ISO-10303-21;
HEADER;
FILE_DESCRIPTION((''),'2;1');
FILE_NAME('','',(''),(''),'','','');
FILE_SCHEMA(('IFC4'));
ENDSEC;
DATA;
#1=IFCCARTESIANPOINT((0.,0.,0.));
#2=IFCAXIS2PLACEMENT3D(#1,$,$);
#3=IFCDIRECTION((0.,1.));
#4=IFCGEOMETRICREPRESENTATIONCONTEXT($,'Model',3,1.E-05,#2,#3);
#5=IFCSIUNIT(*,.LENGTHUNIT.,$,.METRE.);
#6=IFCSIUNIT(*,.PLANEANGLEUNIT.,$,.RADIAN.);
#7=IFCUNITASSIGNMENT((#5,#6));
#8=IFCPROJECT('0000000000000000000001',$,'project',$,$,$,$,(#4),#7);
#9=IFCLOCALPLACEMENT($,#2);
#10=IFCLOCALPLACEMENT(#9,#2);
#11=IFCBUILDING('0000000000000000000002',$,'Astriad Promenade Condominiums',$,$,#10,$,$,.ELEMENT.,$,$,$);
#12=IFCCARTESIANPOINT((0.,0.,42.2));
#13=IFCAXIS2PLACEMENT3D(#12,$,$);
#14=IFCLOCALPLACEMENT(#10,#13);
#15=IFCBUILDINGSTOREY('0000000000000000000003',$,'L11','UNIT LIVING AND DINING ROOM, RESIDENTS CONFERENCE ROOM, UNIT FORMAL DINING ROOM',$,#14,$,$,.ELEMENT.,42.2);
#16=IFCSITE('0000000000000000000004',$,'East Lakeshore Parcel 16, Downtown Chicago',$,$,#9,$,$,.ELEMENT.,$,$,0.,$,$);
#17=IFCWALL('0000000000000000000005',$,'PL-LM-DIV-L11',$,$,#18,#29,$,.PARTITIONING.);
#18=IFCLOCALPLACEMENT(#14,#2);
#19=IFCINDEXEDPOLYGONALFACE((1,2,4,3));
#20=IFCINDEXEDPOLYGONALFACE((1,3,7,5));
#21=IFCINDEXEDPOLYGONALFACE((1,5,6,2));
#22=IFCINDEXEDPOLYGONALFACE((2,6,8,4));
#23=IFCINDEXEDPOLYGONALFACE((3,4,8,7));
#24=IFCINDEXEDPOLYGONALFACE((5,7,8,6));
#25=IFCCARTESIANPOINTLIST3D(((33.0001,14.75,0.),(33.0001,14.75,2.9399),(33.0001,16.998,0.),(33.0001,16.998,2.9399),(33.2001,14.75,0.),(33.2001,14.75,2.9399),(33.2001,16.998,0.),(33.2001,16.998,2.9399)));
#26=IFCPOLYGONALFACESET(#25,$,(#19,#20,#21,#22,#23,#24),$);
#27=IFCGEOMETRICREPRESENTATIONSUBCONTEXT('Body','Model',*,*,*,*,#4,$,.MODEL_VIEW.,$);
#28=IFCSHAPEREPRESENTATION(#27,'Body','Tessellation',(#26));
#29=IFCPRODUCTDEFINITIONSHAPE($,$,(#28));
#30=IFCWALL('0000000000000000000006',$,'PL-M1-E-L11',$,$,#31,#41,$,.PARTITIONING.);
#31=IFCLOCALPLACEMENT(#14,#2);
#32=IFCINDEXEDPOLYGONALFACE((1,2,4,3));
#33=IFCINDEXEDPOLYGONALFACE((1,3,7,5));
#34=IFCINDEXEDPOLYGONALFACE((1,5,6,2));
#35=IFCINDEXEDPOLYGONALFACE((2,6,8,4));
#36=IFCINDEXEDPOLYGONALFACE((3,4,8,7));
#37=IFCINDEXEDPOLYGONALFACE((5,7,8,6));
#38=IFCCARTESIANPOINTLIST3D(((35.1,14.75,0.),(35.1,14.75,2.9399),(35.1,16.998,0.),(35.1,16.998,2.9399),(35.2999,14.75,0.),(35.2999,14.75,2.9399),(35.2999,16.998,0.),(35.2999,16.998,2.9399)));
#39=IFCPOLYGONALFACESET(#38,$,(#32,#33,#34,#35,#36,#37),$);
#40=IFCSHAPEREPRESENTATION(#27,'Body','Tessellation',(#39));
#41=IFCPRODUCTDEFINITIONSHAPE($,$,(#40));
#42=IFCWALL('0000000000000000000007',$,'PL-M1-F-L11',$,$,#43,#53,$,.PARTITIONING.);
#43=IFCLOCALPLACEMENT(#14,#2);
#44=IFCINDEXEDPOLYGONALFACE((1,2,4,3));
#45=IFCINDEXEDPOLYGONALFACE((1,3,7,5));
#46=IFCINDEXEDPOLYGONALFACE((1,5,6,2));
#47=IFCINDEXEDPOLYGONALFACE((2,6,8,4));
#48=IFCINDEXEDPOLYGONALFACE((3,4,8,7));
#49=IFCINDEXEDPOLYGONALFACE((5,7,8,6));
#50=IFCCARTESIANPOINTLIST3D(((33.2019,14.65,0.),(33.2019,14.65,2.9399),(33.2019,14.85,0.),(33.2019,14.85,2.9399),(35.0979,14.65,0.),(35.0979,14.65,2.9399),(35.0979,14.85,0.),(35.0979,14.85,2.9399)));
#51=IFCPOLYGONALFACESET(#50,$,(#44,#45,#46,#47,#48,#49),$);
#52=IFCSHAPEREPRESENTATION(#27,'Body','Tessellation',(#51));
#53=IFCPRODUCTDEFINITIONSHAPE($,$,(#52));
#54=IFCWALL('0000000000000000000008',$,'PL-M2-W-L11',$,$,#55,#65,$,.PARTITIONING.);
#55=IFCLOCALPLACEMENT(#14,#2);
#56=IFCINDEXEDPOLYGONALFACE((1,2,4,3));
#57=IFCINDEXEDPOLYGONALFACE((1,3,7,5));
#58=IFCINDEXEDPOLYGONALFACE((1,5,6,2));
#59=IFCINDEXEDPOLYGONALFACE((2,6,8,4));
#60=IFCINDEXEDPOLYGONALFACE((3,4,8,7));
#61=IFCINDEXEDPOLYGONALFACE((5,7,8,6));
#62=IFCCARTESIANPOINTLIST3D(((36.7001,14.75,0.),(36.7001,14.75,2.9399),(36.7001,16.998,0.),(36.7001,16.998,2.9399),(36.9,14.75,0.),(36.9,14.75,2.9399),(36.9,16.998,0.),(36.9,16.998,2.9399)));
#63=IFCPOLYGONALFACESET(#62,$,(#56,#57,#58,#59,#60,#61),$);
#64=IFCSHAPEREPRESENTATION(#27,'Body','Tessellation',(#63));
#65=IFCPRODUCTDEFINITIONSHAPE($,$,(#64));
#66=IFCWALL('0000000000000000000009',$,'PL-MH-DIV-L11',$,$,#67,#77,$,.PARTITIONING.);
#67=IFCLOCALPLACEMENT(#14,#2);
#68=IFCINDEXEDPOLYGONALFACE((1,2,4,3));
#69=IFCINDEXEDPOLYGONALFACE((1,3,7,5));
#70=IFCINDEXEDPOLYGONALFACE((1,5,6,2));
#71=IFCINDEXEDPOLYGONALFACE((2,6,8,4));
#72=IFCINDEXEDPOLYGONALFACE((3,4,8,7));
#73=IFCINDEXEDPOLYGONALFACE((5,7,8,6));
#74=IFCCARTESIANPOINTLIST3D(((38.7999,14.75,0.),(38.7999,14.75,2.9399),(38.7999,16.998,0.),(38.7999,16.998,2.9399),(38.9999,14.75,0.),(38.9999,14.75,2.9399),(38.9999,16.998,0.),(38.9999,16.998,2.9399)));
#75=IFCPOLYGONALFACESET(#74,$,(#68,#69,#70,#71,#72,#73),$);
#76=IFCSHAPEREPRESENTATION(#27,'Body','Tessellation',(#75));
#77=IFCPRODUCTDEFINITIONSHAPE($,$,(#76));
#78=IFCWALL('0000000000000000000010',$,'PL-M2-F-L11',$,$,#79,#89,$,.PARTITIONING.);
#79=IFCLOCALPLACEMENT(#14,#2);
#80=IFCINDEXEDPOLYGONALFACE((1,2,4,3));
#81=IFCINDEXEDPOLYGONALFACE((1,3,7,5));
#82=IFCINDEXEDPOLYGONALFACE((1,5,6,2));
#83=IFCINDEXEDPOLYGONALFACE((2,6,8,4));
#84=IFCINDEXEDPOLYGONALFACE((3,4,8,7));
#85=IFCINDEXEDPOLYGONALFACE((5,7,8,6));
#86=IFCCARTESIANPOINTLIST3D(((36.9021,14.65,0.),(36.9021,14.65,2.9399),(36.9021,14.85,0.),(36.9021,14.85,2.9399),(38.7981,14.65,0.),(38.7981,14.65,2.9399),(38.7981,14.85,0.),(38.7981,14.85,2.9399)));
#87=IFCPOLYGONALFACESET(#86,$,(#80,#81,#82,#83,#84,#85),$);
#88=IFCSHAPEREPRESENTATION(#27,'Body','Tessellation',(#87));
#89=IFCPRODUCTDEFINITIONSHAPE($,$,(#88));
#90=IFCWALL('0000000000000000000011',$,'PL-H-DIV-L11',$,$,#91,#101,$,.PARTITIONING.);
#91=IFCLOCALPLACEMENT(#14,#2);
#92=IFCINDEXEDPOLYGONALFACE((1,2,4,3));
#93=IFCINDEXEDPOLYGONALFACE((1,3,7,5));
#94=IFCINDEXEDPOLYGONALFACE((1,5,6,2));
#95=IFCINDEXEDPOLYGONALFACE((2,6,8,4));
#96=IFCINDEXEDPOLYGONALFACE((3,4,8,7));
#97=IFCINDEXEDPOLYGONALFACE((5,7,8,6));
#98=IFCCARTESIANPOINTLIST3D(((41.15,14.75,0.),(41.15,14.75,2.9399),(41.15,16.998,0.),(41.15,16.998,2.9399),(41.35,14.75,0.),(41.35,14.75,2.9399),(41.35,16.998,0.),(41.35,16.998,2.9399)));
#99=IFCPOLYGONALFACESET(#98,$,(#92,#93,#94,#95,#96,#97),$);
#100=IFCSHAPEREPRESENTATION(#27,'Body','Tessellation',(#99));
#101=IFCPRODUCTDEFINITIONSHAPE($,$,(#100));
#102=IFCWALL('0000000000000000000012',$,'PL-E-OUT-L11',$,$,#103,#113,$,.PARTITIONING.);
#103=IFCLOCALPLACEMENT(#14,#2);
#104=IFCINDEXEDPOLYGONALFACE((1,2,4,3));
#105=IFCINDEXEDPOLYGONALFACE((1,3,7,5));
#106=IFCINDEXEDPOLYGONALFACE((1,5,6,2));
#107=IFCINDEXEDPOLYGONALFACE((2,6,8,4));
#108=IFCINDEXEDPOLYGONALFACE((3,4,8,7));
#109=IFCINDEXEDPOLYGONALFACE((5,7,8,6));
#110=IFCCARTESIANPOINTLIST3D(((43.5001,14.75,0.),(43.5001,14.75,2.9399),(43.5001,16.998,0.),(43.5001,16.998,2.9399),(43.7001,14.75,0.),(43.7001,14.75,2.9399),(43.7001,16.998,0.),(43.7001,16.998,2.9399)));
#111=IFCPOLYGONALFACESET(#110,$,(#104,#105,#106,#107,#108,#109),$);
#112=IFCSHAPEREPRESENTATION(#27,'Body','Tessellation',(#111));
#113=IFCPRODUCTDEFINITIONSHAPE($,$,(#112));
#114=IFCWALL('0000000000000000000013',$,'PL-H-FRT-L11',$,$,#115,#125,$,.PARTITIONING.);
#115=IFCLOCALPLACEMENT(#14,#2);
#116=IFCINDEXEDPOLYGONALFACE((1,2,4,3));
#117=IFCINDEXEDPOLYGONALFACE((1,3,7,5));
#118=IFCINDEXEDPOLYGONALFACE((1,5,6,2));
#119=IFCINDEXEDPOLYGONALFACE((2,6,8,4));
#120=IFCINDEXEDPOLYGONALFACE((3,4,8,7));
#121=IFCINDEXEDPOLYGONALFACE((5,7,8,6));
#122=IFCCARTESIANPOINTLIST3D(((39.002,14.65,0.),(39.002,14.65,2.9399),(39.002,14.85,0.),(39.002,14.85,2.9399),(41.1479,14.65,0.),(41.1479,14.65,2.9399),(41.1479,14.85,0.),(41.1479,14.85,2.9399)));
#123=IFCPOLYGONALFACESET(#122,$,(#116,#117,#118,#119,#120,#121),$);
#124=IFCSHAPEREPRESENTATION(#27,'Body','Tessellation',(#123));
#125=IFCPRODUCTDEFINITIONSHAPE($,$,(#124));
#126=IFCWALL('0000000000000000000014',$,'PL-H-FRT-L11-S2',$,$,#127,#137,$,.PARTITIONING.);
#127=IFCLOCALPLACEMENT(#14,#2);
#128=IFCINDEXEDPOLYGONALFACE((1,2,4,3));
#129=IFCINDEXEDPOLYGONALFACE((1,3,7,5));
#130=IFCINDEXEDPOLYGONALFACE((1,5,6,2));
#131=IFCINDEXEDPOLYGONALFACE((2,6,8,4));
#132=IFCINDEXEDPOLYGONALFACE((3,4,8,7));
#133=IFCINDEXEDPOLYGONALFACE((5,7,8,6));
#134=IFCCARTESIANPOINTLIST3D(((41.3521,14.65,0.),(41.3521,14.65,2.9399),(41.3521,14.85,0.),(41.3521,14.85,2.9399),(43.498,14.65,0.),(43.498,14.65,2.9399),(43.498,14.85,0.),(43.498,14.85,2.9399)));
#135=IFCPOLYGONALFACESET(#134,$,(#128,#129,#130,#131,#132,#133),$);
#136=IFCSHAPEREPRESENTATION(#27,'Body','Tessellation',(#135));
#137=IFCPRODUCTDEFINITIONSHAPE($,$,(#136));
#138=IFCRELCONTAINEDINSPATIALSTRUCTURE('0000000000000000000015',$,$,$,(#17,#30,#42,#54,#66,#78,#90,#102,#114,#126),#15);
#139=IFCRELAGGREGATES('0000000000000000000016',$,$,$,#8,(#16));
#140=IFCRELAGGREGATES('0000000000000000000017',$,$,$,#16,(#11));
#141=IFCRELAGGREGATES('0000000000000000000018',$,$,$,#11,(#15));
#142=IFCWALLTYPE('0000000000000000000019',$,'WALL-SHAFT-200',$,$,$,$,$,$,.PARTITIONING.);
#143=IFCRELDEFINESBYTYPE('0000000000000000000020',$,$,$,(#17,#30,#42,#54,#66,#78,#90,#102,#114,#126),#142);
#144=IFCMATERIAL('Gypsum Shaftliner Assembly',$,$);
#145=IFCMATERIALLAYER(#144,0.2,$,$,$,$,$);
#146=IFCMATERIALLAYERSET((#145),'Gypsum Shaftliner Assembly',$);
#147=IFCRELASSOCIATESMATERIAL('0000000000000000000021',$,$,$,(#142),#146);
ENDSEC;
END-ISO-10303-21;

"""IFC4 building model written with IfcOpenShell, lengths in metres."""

from ifc_helpers import new_model, si_unit, direction, frame, frame_2d, origin, place, context, subcontext, project, spatial, rectangle, extrude, material, layer, layer_set, type_object, element, save


model = new_model("IFC4")

# Units and contexts
model_context = context("Model", 3, precision=1e-05, world=origin(), true_north=direction((0.0, 1.0)))
body_context = subcontext(model_context, "Body", "Model", "MODEL_VIEW")
ifc_project = project(units=[si_unit("LENGTHUNIT", "METRE"), si_unit("PLANEANGLEUNIT", "RADIAN")], contexts=[model_context])

# Site, building, storey
site_placement = place(None, origin())
site = spatial("IfcSite", under=ifc_project, at=site_placement, Name="East Lakeshore Parcel 16, Downtown Chicago", CompositionType="ELEMENT", RefElevation=0.0)
building_placement = place(site_placement, origin())
building = spatial("IfcBuilding", under=site, at=building_placement, Name="Astriad Promenade Condominiums", CompositionType="ELEMENT")
storey_placement = place(building_placement, frame((0.0, 0.0, 42.2)))
storey = spatial("IfcBuildingStorey", under=building, at=storey_placement, Name="L11", Description="UNIT LIVING AND DINING ROOM, RESIDENTS CONFERENCE ROOM, UNIT FORMAL DINING ROOM", CompositionType="ELEMENT", Elevation=42.2)

# Walls
ifc_material_1 = material(Name="Gypsum Shaftliner Assembly")
ifc_layer_1 = layer(ifc_material_1, 0.2)
ifc_layer_set_1 = layer_set([ifc_layer_1], Name="Gypsum Shaftliner Assembly")
wall_type_1 = type_object("IfcWallType", Name="WALL-SHAFT-200", PredefinedType="PARTITIONING", material=ifc_layer_set_1)
for number, where, z_axis, x_axis, name in (
    (1, (33.1001, 14.75, 0.0), (0.0, 0.0, 1.0), (0.0, 1.0, 0.0), "PL-LM-DIV-L11"),
    (2, (35.2, 14.75, 0.0), (0.0, 0.0, 1.0), (0.0, 1.0, 0.0), "PL-M1-E-L11"),
):
    element("IfcWall", number, at=place(storey_placement, frame(where, z_axis=z_axis, x_axis=x_axis)), inside=storey, type_object=wall_type_1, Name=name, PredefinedType="PARTITIONING", context=body_context, shape_type="SweptSolid", body=[
        extrude(rectangle(XDim=2.248, YDim=0.2, at=frame_2d((1.124, 0.0))), origin(), (0.0, 0.0, 1.0), 2.9399),
    ])
wall_1_placement = place(storey_placement, frame((33.2019, 14.75, 0.0), z_axis=(0.0, 0.0, 1.0), x_axis=(1.0, 0.0, 0.0)))
element("IfcWall", 3, at=wall_1_placement, inside=storey, type_object=wall_type_1, Name="PL-M1-F-L11", PredefinedType="PARTITIONING", context=body_context, shape_type="SweptSolid", body=[
    extrude(rectangle(XDim=1.896, YDim=0.2, at=frame_2d((0.948, 0.0))), origin(), (0.0, 0.0, 1.0), 2.9399),
])
for number, where, z_axis, x_axis, name in (
    (4, (36.8, 14.75, 0.0), (0.0, 0.0, 1.0), (0.0, 1.0, 0.0), "PL-M2-W-L11"),
    (5, (38.8999, 14.75, 0.0), (0.0, 0.0, 1.0), (0.0, 1.0, 0.0), "PL-MH-DIV-L11"),
):
    element("IfcWall", number, at=place(storey_placement, frame(where, z_axis=z_axis, x_axis=x_axis)), inside=storey, type_object=wall_type_1, Name=name, PredefinedType="PARTITIONING", context=body_context, shape_type="SweptSolid", body=[
        extrude(rectangle(XDim=2.248, YDim=0.2, at=frame_2d((1.124, 0.0))), origin(), (0.0, 0.0, 1.0), 2.9399),
    ])
wall_2_placement = place(storey_placement, frame((36.9021, 14.75, 0.0), z_axis=(0.0, 0.0, 1.0), x_axis=(1.0, 0.0, 0.0)))
element("IfcWall", 6, at=wall_2_placement, inside=storey, type_object=wall_type_1, Name="PL-M2-F-L11", PredefinedType="PARTITIONING", context=body_context, shape_type="SweptSolid", body=[
    extrude(rectangle(XDim=1.896, YDim=0.2, at=frame_2d((0.948, 0.0))), origin(), (0.0, 0.0, 1.0), 2.9399),
])
for number, where, z_axis, x_axis, name in (
    (7, (41.25, 14.75, 0.0), (0.0, 0.0, 1.0), (0.0, 1.0, 0.0), "PL-H-DIV-L11"),
    (8, (43.6001, 14.75, 0.0), (0.0, 0.0, 1.0), (0.0, 1.0, 0.0), "PL-E-OUT-L11"),
):
    element("IfcWall", number, at=place(storey_placement, frame(where, z_axis=z_axis, x_axis=x_axis)), inside=storey, type_object=wall_type_1, Name=name, PredefinedType="PARTITIONING", context=body_context, shape_type="SweptSolid", body=[
        extrude(rectangle(XDim=2.248, YDim=0.2, at=frame_2d((1.124, 0.0))), origin(), (0.0, 0.0, 1.0), 2.9399),
    ])
for number, where, z_axis, x_axis, name in (
    (9, (39.002, 14.75, 0.0), (0.0, 0.0, 1.0), (1.0, 0.0, 0.0), "PL-H-FRT-L11"),
    (10, (41.3521, 14.75, 0.0), (0.0, 0.0, 1.0), (1.0, 0.0, 0.0), "PL-H-FRT-L11-S2"),
):
    element("IfcWall", number, at=place(storey_placement, frame(where, z_axis=z_axis, x_axis=x_axis)), inside=storey, type_object=wall_type_1, Name=name, PredefinedType="PARTITIONING", context=body_context, shape_type="SweptSolid", body=[
        extrude(rectangle(XDim=2.146, YDim=0.2, at=frame_2d((1.073, 0.0))), origin(), (0.0, 0.0, 1.0), 2.9399),
    ])

save(model, "model.ifc")
